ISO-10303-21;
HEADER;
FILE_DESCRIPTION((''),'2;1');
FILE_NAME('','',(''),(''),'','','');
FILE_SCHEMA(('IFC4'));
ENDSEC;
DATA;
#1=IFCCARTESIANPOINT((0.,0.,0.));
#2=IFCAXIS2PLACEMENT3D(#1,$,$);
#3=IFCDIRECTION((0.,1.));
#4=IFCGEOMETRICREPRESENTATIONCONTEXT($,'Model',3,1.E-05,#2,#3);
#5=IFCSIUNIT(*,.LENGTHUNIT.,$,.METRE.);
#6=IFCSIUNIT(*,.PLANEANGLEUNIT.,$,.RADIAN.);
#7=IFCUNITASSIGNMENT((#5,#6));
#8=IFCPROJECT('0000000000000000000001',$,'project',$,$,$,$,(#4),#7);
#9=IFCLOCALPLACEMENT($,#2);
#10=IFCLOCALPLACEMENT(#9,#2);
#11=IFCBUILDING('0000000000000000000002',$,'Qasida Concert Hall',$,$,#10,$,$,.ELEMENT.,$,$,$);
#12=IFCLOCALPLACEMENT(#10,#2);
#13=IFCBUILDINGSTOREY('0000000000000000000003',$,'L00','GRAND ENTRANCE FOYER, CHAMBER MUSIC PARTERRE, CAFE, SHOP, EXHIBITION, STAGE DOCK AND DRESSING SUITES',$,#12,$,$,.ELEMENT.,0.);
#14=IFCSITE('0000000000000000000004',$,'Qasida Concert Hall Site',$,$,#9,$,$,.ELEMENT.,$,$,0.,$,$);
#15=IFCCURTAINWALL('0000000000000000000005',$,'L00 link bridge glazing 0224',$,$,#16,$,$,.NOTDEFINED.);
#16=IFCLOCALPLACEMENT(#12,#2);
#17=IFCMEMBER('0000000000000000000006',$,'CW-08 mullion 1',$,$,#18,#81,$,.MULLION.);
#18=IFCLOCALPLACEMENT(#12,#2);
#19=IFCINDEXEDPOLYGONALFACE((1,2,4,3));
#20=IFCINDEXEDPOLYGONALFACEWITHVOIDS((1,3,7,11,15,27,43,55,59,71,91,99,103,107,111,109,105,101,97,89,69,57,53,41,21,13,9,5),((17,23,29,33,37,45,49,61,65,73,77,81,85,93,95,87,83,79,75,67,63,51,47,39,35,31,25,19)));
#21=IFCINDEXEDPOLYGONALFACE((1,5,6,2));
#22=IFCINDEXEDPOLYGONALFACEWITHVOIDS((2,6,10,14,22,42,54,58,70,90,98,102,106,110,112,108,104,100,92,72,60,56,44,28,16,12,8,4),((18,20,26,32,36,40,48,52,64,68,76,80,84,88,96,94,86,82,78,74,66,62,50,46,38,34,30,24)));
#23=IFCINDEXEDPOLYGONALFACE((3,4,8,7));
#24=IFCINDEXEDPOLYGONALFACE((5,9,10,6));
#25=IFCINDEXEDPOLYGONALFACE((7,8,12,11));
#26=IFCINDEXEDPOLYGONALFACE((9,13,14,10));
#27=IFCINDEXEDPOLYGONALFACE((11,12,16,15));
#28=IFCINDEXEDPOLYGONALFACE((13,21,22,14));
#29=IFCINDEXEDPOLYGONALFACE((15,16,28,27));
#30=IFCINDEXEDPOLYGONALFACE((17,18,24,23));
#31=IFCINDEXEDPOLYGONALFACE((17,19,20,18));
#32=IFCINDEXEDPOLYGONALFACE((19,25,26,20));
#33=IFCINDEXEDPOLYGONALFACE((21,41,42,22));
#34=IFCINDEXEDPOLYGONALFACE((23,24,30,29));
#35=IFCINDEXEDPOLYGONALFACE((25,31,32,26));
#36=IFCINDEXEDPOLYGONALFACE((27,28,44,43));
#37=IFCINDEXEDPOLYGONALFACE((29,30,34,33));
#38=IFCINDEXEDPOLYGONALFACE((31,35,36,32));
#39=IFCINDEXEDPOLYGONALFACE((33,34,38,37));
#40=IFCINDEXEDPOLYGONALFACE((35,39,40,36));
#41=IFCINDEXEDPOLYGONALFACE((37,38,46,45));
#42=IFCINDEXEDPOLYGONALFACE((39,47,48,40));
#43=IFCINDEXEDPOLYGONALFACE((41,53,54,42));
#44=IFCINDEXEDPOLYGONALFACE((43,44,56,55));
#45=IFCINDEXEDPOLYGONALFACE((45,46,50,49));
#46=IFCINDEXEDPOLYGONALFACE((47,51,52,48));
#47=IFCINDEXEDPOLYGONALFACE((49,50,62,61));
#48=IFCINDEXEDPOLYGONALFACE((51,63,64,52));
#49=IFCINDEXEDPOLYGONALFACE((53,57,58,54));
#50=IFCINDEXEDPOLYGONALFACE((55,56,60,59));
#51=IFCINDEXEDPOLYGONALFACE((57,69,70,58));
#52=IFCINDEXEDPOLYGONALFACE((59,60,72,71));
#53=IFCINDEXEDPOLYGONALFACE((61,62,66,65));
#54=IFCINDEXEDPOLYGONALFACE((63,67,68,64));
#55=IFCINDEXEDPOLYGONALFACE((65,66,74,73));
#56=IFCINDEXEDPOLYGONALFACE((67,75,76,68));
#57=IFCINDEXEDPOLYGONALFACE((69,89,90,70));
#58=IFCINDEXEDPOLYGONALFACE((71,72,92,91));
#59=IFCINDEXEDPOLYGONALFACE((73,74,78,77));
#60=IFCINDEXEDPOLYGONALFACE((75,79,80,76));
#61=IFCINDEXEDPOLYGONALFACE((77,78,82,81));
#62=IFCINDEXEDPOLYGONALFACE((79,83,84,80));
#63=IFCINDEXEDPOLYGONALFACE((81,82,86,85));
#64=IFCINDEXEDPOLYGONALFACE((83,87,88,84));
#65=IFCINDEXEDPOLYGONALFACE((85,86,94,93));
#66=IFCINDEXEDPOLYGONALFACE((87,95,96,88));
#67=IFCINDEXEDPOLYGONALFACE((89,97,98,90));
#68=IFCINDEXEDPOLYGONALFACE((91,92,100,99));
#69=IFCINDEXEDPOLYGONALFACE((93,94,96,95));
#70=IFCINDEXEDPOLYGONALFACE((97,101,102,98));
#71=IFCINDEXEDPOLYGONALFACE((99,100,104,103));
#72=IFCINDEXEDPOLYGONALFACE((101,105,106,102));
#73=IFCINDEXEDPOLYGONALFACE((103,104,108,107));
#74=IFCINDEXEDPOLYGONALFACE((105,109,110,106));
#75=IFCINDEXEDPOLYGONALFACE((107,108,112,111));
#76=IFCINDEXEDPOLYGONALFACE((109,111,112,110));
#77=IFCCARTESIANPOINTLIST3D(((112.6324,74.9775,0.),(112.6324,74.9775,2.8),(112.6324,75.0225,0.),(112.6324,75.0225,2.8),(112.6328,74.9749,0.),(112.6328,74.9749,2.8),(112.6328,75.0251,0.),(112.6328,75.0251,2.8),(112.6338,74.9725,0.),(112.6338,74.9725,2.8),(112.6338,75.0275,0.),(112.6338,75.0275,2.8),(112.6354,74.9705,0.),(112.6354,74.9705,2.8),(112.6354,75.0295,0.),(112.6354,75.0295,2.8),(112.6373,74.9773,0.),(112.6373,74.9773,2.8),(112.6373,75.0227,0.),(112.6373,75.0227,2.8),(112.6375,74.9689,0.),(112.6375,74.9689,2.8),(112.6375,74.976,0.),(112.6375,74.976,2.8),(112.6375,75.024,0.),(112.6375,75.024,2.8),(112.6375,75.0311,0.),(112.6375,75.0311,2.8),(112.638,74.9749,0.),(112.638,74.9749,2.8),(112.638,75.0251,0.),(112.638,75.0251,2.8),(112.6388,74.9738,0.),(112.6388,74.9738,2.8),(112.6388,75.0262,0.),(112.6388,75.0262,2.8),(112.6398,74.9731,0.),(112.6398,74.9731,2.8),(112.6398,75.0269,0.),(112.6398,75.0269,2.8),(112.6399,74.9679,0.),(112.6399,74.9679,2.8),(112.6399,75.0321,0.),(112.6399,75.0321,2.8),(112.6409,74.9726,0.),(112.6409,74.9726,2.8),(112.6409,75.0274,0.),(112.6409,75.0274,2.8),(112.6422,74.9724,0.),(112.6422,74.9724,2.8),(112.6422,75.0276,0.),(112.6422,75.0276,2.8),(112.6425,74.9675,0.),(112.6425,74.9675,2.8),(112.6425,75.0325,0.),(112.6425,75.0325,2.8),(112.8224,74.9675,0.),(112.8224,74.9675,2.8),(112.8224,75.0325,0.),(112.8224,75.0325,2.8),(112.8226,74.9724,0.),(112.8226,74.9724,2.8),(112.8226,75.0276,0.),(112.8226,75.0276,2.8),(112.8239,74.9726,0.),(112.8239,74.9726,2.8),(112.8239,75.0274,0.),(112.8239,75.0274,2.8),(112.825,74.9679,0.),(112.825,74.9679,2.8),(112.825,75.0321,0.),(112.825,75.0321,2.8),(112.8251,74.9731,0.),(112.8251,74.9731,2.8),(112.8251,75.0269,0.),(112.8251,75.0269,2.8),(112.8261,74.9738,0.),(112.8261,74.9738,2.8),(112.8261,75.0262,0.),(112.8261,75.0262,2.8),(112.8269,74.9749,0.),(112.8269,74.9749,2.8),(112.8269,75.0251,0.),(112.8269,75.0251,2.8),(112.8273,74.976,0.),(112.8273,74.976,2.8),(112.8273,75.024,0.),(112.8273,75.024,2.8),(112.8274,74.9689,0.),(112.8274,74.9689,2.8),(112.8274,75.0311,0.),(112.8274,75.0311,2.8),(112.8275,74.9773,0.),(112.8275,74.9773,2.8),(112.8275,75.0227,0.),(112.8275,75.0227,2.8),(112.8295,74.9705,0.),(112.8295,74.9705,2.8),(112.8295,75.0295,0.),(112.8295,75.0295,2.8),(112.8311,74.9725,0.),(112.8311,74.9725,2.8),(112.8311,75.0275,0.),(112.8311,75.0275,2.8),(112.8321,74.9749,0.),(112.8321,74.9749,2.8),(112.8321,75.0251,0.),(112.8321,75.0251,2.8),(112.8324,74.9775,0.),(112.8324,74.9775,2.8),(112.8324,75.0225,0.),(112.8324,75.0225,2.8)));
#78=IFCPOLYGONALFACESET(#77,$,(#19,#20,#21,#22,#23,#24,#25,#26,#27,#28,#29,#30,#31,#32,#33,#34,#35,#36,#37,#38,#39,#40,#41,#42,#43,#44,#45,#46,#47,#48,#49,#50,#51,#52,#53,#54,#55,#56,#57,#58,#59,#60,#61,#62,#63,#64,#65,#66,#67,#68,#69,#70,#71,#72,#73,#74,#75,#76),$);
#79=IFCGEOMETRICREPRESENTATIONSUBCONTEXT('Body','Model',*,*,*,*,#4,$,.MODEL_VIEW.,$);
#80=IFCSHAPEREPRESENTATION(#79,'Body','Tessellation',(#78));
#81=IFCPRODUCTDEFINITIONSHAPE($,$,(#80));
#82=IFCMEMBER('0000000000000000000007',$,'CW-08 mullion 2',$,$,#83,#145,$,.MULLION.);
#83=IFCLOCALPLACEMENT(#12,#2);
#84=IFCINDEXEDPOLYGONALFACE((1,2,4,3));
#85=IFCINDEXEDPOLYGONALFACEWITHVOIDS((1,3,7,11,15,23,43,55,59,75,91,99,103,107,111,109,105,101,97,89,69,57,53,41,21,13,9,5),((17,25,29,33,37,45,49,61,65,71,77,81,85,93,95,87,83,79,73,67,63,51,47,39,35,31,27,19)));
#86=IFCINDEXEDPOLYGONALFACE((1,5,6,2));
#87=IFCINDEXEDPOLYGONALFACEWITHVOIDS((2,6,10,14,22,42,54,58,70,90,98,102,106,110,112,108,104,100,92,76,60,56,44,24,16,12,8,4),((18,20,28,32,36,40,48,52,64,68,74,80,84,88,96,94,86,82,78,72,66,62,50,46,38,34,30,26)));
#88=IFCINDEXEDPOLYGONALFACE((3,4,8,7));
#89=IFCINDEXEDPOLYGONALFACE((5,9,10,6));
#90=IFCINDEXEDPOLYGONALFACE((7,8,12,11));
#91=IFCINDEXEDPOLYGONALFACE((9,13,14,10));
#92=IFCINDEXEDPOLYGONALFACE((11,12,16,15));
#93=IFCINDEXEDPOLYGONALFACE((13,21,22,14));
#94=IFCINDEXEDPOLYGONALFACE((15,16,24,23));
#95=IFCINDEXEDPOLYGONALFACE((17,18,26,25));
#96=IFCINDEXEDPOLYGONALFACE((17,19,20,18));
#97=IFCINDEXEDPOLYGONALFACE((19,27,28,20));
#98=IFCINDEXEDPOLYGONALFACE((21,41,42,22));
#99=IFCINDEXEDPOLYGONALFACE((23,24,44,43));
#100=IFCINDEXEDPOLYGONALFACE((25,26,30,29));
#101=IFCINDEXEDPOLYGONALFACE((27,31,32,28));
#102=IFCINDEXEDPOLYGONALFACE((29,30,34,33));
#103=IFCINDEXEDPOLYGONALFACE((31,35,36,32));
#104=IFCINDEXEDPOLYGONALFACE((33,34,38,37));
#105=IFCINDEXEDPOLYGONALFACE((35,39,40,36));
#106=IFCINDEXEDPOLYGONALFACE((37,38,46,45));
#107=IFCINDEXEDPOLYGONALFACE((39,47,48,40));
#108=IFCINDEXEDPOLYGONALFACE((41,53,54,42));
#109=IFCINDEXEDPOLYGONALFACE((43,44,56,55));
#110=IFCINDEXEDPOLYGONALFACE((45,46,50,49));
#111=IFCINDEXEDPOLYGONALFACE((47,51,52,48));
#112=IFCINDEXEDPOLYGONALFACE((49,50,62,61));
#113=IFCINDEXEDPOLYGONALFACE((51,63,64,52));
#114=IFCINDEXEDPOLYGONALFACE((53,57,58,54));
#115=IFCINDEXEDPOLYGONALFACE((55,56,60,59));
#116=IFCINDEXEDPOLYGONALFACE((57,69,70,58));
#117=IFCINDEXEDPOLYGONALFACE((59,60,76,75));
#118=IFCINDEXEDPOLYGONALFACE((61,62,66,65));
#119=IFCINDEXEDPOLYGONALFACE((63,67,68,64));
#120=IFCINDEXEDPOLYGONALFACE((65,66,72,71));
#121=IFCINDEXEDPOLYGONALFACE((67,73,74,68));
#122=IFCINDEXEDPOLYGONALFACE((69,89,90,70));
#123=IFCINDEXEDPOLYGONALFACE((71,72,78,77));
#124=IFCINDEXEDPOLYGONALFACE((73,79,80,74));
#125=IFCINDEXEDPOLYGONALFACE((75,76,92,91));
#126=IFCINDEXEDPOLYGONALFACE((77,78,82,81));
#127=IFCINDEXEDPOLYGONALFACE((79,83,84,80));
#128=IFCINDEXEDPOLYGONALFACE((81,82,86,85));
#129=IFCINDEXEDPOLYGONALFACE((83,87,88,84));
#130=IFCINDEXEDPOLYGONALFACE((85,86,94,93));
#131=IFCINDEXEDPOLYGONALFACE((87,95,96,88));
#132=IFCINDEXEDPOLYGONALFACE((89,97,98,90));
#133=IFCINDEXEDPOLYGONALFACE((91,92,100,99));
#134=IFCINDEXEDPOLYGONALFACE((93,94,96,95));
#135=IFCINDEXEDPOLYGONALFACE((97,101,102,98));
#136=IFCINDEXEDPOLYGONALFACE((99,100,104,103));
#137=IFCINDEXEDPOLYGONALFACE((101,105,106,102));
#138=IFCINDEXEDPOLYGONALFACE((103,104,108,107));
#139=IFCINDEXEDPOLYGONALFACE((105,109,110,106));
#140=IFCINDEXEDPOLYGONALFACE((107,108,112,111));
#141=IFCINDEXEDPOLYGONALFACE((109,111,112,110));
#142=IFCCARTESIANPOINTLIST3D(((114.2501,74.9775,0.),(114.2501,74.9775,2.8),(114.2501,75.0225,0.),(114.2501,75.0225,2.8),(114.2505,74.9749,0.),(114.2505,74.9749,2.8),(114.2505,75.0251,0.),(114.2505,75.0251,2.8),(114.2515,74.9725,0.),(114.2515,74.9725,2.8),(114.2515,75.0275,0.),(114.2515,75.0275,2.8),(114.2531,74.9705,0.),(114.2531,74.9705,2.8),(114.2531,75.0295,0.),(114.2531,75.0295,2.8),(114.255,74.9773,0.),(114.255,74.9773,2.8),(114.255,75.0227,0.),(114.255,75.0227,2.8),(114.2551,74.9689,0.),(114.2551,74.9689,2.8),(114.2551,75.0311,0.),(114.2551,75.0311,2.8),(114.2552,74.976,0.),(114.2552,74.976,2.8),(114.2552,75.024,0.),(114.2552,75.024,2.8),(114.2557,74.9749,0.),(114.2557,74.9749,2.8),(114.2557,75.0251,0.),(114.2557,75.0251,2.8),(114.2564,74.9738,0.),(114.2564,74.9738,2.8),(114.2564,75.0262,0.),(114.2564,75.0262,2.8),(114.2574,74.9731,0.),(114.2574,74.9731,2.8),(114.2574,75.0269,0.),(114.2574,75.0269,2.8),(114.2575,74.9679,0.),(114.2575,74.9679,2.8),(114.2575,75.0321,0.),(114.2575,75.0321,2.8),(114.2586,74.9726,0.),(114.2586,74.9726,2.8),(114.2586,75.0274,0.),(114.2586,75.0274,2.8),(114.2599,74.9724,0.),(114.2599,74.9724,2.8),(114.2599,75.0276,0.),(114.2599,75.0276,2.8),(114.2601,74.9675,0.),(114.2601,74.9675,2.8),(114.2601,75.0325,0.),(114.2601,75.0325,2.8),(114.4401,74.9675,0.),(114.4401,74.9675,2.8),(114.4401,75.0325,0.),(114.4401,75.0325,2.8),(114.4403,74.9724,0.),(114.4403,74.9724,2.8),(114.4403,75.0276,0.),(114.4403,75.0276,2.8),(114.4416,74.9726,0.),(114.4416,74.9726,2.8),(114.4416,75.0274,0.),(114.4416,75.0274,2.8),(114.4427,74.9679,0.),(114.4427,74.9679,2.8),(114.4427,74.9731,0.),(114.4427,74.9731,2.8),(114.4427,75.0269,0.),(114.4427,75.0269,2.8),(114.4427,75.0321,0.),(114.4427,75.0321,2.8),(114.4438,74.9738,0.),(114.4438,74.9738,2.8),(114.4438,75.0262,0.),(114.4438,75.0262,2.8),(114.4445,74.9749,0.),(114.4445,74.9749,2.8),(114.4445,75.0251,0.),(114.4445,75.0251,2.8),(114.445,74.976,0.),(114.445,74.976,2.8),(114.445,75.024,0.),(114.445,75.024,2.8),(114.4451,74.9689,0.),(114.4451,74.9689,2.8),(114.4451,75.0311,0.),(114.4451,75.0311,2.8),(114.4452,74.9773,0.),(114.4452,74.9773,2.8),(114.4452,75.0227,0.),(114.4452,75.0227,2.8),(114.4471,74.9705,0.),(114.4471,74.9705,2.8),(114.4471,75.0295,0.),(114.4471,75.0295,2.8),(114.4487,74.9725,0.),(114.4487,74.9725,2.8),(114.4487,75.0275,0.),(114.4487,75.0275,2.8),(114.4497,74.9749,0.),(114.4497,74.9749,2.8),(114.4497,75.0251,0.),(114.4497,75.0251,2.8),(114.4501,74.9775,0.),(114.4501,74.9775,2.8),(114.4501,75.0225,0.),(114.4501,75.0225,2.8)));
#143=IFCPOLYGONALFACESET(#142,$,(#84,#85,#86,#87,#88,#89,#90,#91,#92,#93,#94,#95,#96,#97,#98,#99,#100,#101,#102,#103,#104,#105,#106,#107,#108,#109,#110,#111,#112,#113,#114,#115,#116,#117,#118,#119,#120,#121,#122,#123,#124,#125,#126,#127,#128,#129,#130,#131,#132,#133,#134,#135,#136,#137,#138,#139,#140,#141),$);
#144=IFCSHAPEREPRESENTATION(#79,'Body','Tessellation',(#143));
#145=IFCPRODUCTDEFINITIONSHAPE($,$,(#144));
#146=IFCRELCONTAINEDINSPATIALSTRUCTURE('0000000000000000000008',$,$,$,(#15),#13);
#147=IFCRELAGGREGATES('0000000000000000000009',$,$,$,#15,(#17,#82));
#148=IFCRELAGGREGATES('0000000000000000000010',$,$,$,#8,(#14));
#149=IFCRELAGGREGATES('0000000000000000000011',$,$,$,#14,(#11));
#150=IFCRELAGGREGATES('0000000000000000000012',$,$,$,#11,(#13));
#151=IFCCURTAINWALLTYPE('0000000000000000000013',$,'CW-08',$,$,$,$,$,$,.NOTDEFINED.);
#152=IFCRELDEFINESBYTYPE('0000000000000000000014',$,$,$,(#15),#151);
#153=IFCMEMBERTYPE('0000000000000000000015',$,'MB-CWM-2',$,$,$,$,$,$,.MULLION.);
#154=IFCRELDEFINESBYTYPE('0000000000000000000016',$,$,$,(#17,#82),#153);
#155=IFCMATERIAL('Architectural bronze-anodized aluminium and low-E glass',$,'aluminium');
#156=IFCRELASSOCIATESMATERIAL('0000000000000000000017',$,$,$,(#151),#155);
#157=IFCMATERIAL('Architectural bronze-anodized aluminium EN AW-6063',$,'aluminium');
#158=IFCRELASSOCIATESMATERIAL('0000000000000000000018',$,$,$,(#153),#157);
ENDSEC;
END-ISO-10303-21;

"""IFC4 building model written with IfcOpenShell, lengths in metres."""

from ifc_helpers import new_model, si_unit, direction, frame, origin, origin_2d, place, context, subcontext, project, spatial, hollow_rectangle, extrude, material, material_profile, profile_set, type_object, element, aggregate, save


model = new_model("IFC4")

# Units and contexts
model_context = context("Model", 3, precision=1e-05, world=origin(), true_north=direction((0.0, 1.0)))
body_context = subcontext(model_context, "Body", "Model", "MODEL_VIEW")
ifc_project = project(units=[si_unit("LENGTHUNIT", "METRE"), si_unit("PLANEANGLEUNIT", "RADIAN")], contexts=[model_context])

# Site, building, storey
site_placement = place(None, origin())
site = spatial("IfcSite", under=ifc_project, at=site_placement, Name="Qasida Concert Hall Site", CompositionType="ELEMENT", RefElevation=0.0)
building_placement = place(site_placement, origin())
building = spatial("IfcBuilding", under=site, at=building_placement, Name="Qasida Concert Hall", CompositionType="ELEMENT")
storey_placement = place(building_placement, origin())
storey = spatial("IfcBuildingStorey", under=building, at=storey_placement, Name="L00", Description="GRAND ENTRANCE FOYER, CHAMBER MUSIC PARTERRE, CAFE, SHOP, EXHIBITION, STAGE DOCK AND DRESSING SUITES", CompositionType="ELEMENT", Elevation=0.0)

# Curtain wall, members
ifc_material_1 = material(Name="Architectural bronze-anodized aluminium and low-E glass", Category="aluminium")
curtain_wall_type = type_object("IfcCurtainWallType", Name="CW-08", PredefinedType="NOTDEFINED", material=ifc_material_1)
ifc_material_2 = material(Name="Architectural bronze-anodized aluminium EN AW-6063", Category="aluminium")
ifc_material_profile_1 = material_profile(ifc_material_2, hollow_rectangle(XDim=0.0649, YDim=0.2, WallThickness=0.0049, InnerFilletRadius=0.0049, OuterFilletRadius=0.01, at=origin_2d()), Name="CWM 200x65x5")
ifc_profile_set_1 = profile_set([ifc_material_profile_1], Name="Architectural bronze-anodized aluminium EN AW-6063")
member_type_1 = type_object("IfcMemberType", Name="MB-CWM-2", PredefinedType="MULLION", material=ifc_profile_set_1)
curtain_wall_1_placement = place(storey_placement, origin())
curtain_wall_1 = element("IfcCurtainWall", 1, at=curtain_wall_1_placement, inside=storey, type_object=curtain_wall_type, Name="L00 link bridge glazing 0224", PredefinedType="NOTDEFINED")
member_1_placement = place(storey_placement, frame((112.7324, 75.0, 0.0), z_axis=(0.0, 0.0, 1.0), x_axis=(0.0, 1.0, 0.0)))
member_1 = element("IfcMember", 2, at=member_1_placement, type_object=member_type_1, Name="CW-08 mullion 1", PredefinedType="MULLION", context=body_context, shape_type="SweptSolid", body=[
    extrude(hollow_rectangle(XDim=0.0649, YDim=0.2, WallThickness=0.0049, InnerFilletRadius=0.0049, OuterFilletRadius=0.01, at=origin_2d()), origin(), (0.0, 0.0, 1.0), 2.8),
])
member_2_placement = place(storey_placement, frame((114.3501, 75.0, 0.0), z_axis=(0.0, 0.0, 1.0), x_axis=(0.0, 1.0, 0.0)))
member_2 = element("IfcMember", 3, at=member_2_placement, type_object=member_type_1, Name="CW-08 mullion 2", PredefinedType="MULLION", context=body_context, shape_type="SweptSolid", body=[
    extrude(hollow_rectangle(XDim=0.0649, YDim=0.2, WallThickness=0.0049, InnerFilletRadius=0.0049, OuterFilletRadius=0.01, at=origin_2d()), origin(), (0.0, 0.0, 1.0), 2.8),
])

aggregate(curtain_wall_1, [member_1, member_2])

save(model, "model.ifc")
